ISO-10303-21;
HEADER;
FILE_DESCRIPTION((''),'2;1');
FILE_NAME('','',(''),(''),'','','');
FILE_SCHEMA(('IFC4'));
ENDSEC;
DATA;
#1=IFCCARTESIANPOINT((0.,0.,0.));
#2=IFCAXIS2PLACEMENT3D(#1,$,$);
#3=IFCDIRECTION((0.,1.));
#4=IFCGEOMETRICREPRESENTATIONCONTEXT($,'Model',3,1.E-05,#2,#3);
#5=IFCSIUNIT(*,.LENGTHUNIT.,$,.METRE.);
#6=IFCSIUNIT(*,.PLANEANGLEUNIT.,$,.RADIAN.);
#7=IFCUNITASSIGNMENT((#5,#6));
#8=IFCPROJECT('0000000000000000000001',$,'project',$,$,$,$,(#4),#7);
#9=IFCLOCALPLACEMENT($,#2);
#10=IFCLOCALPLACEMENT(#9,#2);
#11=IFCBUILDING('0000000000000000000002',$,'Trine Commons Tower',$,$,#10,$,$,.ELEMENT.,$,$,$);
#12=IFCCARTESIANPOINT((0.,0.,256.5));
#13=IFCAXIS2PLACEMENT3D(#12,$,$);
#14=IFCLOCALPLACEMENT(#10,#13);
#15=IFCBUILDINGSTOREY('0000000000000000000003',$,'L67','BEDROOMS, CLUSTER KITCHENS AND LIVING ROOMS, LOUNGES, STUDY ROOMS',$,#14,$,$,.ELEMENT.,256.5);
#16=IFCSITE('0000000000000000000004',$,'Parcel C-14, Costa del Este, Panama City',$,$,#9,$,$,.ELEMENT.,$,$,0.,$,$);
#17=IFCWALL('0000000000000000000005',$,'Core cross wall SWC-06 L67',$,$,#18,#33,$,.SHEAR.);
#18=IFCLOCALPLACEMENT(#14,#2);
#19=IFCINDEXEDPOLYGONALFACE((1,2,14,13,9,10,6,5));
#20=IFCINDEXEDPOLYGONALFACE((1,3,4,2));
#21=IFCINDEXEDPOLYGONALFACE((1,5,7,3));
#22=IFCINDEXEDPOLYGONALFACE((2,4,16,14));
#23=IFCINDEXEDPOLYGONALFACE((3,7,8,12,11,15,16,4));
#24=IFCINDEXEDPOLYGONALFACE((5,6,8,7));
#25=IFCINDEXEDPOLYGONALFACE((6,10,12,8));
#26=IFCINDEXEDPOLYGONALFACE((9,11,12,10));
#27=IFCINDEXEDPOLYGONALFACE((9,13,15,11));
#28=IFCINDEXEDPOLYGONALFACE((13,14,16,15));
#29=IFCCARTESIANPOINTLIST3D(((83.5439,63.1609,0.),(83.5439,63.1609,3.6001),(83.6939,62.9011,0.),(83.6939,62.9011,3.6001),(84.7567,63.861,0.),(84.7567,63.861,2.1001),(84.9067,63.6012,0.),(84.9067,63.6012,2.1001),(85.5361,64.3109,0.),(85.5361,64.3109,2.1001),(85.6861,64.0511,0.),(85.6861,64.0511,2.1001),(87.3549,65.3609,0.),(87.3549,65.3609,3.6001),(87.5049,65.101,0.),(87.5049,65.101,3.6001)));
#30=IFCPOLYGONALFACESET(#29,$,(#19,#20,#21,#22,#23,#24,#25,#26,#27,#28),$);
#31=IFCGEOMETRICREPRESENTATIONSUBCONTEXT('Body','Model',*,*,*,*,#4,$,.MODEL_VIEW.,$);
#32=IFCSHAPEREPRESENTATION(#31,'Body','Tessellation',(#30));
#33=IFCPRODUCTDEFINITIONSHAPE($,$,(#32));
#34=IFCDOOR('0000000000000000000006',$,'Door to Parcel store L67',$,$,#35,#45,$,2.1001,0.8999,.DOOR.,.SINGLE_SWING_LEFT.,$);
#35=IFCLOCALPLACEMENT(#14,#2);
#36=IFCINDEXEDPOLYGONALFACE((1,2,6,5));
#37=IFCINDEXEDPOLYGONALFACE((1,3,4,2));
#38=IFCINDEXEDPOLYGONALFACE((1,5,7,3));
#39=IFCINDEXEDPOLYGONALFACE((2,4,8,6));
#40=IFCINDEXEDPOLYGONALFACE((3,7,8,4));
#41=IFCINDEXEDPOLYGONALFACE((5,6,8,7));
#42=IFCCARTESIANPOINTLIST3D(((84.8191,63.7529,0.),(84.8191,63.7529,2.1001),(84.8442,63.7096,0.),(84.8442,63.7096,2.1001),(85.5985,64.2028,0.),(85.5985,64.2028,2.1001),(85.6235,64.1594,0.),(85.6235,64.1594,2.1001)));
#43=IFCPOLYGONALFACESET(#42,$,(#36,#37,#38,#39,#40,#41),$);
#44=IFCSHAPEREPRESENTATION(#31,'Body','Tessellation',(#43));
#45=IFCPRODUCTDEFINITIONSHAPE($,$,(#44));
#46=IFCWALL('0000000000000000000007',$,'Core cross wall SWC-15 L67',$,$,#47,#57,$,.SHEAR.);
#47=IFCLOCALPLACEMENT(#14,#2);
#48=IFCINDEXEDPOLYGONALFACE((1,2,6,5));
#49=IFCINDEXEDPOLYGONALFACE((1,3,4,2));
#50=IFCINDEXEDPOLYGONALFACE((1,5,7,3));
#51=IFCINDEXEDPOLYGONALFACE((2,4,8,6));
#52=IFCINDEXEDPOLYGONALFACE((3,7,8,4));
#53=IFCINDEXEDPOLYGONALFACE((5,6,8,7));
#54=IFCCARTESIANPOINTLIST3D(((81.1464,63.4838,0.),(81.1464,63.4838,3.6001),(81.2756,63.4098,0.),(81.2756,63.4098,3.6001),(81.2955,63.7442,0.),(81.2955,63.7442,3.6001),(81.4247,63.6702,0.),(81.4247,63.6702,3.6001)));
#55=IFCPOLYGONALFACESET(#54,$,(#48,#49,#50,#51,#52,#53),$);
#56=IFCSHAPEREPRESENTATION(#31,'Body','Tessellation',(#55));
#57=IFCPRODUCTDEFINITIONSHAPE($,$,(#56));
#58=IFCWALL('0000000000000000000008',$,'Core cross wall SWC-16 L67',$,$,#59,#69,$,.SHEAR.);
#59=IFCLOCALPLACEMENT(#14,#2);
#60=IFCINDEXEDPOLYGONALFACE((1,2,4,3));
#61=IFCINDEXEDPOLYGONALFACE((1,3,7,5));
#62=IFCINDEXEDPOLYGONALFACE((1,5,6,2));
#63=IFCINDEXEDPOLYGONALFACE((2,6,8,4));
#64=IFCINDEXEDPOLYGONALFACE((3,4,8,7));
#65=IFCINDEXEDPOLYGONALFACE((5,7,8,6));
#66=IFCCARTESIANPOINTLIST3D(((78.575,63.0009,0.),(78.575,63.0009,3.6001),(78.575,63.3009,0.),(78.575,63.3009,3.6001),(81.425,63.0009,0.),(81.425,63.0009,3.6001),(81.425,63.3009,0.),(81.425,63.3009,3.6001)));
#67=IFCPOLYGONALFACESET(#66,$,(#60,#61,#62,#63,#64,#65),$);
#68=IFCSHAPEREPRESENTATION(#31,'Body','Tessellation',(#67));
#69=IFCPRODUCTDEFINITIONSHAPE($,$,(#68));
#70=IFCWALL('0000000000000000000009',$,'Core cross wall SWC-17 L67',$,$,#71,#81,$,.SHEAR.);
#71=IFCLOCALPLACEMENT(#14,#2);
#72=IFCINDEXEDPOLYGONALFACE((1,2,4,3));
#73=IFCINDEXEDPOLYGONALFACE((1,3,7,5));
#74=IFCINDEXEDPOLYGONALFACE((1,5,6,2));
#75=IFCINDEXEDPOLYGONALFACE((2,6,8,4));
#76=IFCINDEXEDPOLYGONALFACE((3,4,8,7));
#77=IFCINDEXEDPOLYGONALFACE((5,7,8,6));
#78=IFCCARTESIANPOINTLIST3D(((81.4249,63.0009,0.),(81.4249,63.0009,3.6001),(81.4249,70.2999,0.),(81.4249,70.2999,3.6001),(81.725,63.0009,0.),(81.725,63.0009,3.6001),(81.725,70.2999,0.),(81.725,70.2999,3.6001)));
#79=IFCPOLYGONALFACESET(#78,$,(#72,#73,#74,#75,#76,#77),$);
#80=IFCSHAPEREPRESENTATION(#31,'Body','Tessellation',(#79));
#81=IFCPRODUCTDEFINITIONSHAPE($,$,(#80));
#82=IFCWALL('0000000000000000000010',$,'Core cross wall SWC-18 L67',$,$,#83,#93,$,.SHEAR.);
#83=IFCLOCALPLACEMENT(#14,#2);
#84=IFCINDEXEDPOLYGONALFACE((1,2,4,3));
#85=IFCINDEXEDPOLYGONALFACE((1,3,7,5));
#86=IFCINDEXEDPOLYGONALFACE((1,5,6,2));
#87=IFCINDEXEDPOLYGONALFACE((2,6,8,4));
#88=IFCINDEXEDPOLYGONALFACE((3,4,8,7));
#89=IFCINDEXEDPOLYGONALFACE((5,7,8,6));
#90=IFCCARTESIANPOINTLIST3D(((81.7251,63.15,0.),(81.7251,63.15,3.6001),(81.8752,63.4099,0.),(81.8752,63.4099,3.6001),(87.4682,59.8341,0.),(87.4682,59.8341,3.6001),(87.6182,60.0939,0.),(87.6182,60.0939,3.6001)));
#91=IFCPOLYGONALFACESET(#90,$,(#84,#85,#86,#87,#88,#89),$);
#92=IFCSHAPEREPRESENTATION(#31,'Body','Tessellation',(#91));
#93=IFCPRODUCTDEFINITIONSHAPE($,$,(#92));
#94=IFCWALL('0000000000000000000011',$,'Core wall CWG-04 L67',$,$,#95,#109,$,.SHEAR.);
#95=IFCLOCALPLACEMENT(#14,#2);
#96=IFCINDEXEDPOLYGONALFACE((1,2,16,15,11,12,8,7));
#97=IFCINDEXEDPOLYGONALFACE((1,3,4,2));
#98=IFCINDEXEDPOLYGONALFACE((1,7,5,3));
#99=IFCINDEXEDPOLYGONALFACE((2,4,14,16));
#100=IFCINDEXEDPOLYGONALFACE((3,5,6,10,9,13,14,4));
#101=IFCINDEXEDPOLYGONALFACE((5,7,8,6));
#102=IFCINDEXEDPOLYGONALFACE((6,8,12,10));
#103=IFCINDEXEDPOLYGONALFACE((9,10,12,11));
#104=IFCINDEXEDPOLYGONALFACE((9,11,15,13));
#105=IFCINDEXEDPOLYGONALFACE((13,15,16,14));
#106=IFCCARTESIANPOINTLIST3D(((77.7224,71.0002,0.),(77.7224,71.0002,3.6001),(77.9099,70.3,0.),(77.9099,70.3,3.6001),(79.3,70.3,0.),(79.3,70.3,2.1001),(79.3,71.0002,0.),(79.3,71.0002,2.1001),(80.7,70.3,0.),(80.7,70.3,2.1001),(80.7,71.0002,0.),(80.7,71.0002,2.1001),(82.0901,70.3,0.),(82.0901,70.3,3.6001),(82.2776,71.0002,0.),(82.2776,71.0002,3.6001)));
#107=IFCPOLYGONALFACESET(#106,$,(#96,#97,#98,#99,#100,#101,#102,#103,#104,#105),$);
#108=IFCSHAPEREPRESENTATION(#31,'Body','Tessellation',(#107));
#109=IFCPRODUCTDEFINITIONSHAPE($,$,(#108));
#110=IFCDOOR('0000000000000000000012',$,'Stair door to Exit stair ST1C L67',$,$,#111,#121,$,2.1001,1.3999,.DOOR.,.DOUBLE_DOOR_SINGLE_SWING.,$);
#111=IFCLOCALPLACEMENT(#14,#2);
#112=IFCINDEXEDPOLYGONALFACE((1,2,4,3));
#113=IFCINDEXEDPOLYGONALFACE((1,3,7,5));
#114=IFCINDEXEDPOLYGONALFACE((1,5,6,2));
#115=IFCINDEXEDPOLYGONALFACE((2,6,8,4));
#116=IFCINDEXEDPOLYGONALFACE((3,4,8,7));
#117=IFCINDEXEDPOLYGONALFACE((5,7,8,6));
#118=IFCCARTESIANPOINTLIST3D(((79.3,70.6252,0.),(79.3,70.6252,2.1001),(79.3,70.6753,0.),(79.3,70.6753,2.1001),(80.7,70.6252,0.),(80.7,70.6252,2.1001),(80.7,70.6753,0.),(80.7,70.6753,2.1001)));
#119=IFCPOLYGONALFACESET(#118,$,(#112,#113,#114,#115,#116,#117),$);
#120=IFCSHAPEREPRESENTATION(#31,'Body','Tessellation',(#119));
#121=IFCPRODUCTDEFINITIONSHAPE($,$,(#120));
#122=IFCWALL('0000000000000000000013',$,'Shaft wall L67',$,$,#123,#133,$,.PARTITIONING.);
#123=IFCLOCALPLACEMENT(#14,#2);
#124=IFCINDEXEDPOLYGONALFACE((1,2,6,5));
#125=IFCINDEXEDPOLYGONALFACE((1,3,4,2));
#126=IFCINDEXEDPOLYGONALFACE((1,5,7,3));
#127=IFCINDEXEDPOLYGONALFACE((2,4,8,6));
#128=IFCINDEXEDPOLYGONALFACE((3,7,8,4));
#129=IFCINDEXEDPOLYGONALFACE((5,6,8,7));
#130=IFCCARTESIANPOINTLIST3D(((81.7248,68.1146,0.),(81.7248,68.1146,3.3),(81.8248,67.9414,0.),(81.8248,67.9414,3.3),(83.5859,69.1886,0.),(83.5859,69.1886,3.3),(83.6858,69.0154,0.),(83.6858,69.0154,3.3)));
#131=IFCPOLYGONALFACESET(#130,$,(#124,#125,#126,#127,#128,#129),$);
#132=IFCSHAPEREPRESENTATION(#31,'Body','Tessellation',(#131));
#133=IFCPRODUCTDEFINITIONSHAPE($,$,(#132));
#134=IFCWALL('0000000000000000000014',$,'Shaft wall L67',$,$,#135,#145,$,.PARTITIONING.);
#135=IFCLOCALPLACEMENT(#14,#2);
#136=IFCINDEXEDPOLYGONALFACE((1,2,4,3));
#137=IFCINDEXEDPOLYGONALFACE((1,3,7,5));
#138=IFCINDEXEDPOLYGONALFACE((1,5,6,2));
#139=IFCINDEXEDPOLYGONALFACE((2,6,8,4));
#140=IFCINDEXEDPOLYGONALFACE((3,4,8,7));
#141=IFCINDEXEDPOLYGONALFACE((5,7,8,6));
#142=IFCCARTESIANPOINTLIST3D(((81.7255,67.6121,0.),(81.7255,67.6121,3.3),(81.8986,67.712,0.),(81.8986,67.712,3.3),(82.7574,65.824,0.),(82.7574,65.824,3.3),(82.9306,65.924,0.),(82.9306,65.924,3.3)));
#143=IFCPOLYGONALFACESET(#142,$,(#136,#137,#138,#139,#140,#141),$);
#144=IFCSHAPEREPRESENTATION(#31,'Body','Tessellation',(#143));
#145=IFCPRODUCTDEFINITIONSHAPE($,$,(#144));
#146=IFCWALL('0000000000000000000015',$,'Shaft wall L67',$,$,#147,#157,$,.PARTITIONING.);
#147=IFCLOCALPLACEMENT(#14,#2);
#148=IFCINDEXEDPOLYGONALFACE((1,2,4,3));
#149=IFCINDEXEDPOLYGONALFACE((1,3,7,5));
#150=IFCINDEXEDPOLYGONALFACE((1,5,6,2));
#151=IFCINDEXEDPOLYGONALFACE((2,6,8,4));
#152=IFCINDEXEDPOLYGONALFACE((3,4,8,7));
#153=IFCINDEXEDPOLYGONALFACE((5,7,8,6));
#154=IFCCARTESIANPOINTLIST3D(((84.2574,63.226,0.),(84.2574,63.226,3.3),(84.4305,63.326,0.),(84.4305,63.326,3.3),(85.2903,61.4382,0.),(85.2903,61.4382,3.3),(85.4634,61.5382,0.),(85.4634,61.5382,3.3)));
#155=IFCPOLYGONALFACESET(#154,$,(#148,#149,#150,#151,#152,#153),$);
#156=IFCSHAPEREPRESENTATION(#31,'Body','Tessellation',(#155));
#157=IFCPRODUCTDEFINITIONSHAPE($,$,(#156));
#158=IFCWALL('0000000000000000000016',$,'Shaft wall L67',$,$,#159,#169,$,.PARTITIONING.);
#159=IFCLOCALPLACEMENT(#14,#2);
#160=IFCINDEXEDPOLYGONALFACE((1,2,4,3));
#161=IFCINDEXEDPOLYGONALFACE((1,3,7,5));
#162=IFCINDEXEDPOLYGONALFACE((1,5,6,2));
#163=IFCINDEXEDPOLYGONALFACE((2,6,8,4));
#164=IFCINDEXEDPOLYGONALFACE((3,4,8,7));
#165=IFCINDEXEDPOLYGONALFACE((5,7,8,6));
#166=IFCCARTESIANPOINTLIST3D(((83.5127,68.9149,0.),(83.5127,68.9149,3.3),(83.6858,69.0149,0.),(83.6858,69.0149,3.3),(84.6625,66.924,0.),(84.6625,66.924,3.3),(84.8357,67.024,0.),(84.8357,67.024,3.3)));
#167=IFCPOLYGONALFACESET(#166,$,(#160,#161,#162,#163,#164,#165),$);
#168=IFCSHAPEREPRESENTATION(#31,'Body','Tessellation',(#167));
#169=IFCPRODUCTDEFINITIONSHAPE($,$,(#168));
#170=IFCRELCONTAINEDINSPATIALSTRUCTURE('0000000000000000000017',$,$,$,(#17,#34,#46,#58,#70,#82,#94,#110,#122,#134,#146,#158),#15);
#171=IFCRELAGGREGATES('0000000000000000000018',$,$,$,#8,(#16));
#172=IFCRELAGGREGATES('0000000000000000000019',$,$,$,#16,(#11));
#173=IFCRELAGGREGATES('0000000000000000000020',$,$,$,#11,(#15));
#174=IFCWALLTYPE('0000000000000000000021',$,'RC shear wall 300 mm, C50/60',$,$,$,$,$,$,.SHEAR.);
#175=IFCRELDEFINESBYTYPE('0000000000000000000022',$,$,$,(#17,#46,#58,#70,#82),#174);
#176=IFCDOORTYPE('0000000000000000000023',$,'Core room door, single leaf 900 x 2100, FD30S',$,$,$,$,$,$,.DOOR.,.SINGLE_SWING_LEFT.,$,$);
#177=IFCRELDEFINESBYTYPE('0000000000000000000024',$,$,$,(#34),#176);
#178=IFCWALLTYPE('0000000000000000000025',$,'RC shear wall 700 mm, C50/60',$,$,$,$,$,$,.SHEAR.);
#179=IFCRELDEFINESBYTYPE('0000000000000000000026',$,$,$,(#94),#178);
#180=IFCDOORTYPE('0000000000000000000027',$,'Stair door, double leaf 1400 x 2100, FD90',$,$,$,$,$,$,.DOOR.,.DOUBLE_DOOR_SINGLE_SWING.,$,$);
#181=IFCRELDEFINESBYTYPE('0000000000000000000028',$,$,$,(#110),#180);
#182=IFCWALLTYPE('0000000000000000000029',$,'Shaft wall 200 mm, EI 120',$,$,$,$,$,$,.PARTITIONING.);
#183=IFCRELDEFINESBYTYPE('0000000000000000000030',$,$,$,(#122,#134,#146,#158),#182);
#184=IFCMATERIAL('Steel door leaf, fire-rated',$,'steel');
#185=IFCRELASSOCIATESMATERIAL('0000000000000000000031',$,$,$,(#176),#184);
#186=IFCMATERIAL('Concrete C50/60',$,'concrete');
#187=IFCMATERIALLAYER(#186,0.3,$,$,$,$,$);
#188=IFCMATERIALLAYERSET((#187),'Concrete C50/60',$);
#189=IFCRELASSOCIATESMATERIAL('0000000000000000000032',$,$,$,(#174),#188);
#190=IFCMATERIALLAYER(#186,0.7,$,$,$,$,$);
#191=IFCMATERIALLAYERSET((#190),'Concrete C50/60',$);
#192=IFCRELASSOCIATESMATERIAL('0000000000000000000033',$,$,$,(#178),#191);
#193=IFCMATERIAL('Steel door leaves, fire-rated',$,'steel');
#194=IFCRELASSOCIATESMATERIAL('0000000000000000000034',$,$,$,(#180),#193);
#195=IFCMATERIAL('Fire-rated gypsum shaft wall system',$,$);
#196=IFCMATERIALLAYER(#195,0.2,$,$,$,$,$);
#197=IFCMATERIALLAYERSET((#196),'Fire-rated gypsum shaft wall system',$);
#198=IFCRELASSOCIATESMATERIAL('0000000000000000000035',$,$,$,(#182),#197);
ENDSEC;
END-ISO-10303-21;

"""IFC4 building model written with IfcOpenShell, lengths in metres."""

from ifc_helpers import new_model, si_unit, direction, frame, frame_2d, origin, place, context, subcontext, project, spatial, polyline, rectangle, outline, extrude, material, layer, layer_set, type_object, element, fill, save


model = new_model("IFC4")

# Units and contexts
model_context = context("Model", 3, precision=1e-05, world=origin(), true_north=direction((0.0, 1.0)))
body_context = subcontext(model_context, "Body", "Model", "MODEL_VIEW")
ifc_project = project(units=[si_unit("LENGTHUNIT", "METRE"), si_unit("PLANEANGLEUNIT", "RADIAN")], contexts=[model_context])

# Site, building, storey
site_placement = place(None, origin())
site = spatial("IfcSite", under=ifc_project, at=site_placement, Name="Parcel C-14, Costa del Este, Panama City", CompositionType="ELEMENT", RefElevation=0.0)
building_placement = place(site_placement, origin())
building = spatial("IfcBuilding", under=site, at=building_placement, Name="Trine Commons Tower", CompositionType="ELEMENT")
storey_placement = place(building_placement, frame((0.0, 0.0, 256.5)))
storey = spatial("IfcBuildingStorey", under=building, at=storey_placement, Name="L67", Description="BEDROOMS, CLUSTER KITCHENS AND LIVING ROOMS, LOUNGES, STUDY ROOMS", CompositionType="ELEMENT", Elevation=256.5)

# Wall, opening, door
ifc_material_1 = material(Name="Steel door leaf, fire-rated", Category="steel")
door_type_1 = type_object("IfcDoorType", Name="Core room door, single leaf 900 x 2100, FD30S", OperationType="SINGLE_SWING_LEFT", PredefinedType="DOOR", material=ifc_material_1)
ifc_material_2 = material(Name="Fire-rated gypsum shaft wall system")
ifc_material_3 = material(Name="Concrete C50/60", Category="concrete")
ifc_layer_1 = layer(ifc_material_3, 0.3)
ifc_layer_set_1 = layer_set([ifc_layer_1], Name="Concrete C50/60")
wall_type_1 = type_object("IfcWallType", Name="RC shear wall 300 mm, C50/60", PredefinedType="SHEAR", material=ifc_layer_set_1)
wall_1_placement = place(storey_placement, frame((83.6189, 63.031, 0.0), z_axis=(0.0, 0.0, 1.0), x_axis=(0.86606, 0.49994, 0.0)))
wall_1 = element("IfcWall", 1, at=wall_1_placement, inside=storey, type_object=wall_type_1, Name="Core cross wall SWC-06 L67", PredefinedType="SHEAR", context=body_context, shape_type="SweptSolid", body=[
    extrude(rectangle(XDim=4.4004, YDim=0.3, at=frame_2d((2.2002, 0.0))), origin(), (0.0, 0.0, 1.0), 3.6001),
])
opening_1_placement = place(wall_1_placement, frame((1.4004, 0.0, 0.0)))
opening_1 = element("IfcOpeningElement", 2, at=opening_1_placement, cuts=wall_1, PredefinedType="OPENING", context=body_context, shape_type="SweptSolid", body=[
    extrude(rectangle(XDim=0.8999, YDim=2.1001, at=frame_2d((0.45, 1.05))), frame((0.0, 0.1599, 0.0), z_axis=(0.0, -1.0, 0.0), x_axis=(1.0, 0.0, 0.0)), (0.0, 0.0, 1.0), 0.3201),
])
door_1_placement = place(opening_1_placement, frame((0.8999, 0.0, 0.0), z_axis=(0.0, 0.0, 1.0), x_axis=(-1.0, 0.0, 0.0)))
door_1 = element("IfcDoor", 3, at=door_1_placement, inside=storey, type_object=door_type_1, Name="Door to Parcel store L67", OperationType="SINGLE_SWING_LEFT", OverallHeight=2.1001, OverallWidth=0.8999, PredefinedType="DOOR", context=body_context, shape_type="SweptSolid", body=[
    extrude(rectangle(XDim=0.8999, YDim=2.1001, at=frame_2d((0.45, 1.05))), frame((0.0, 0.0249, 0.0), z_axis=(0.0, -1.0, 0.0), x_axis=(1.0, 0.0, 0.0)), (0.0, 0.0, 1.0), 0.05),
])
fill(opening_1, door_1)

# Walls
wall_2_placement = place(storey_placement, frame((81.2209, 63.614, 0.0), z_axis=(0.0, 0.0, 1.0), x_axis=(0.867738, -0.497022, 0.0)))
element("IfcWall", 4, at=wall_2_placement, inside=storey, type_object=wall_type_1, Name="Core cross wall SWC-15 L67", PredefinedType="SHEAR", context=body_context, shape_type="SweptSolid", body=[
    extrude(rectangle(XDim=0.1489, YDim=0.3, at=frame_2d((0.0745, 0.0))), origin(), (0.0, 0.0, 1.0), 3.6001),
])
wall_3_placement = place(storey_placement, frame((81.425, 63.1509, 0.0), z_axis=(0.0, 0.0, 1.0), x_axis=(-1.0, 0.0, 0.0)))
element("IfcWall", 5, at=wall_3_placement, inside=storey, type_object=wall_type_1, Name="Core cross wall SWC-16 L67", PredefinedType="SHEAR", context=body_context, shape_type="SweptSolid", body=[
    extrude(rectangle(XDim=2.8501, YDim=0.3, at=frame_2d((1.425, 0.0))), origin(), (0.0, 0.0, 1.0), 3.6001),
])
wall_4_placement = place(storey_placement, frame((81.575, 63.001, 0.0), z_axis=(0.0, 0.0, 1.0), x_axis=(0.0, 1.0, 0.0)))
element("IfcWall", 6, at=wall_4_placement, inside=storey, type_object=wall_type_1, Name="Core cross wall SWC-17 L67", PredefinedType="SHEAR", context=body_context, shape_type="SweptSolid", body=[
    extrude(rectangle(XDim=7.2991, YDim=0.3, at=frame_2d((3.6494, 0.0))), origin(), (0.0, 0.0, 1.0), 3.6001),
])
wall_5_placement = place(storey_placement, frame((81.8, 63.28, 0.0), z_axis=(0.0, 0.0, 1.0), x_axis=(0.86601, -0.500027, 0.0)))
element("IfcWall", 7, at=wall_5_placement, inside=storey, type_object=wall_type_1, Name="Core cross wall SWC-18 L67", PredefinedType="SHEAR", context=body_context, shape_type="SweptSolid", body=[
    extrude(rectangle(XDim=6.6316, YDim=0.3, at=frame_2d((3.3159, 0.0))), origin(), (0.0, 0.0, 1.0), 3.6001),
])

# Wall, opening, door
ifc_layer_2 = layer(ifc_material_3, 0.7)
ifc_layer_set_2 = layer_set([ifc_layer_2], Name="Concrete C50/60")
wall_type_2 = type_object("IfcWallType", Name="RC shear wall 700 mm, C50/60", PredefinedType="SHEAR", material=ifc_layer_set_2)
wall_6_placement = place(storey_placement, frame((82.2776, 70.6501, 0.0), z_axis=(0.0, 0.0, 1.0), x_axis=(-1.0, 0.0, 0.0)))
wall_6 = element("IfcWall", 8, at=wall_6_placement, inside=storey, type_object=wall_type_2, Name="Core wall CWG-04 L67", PredefinedType="SHEAR", context=body_context, shape_type="SweptSolid", body=[
    extrude(outline(polyline([(0.0, -0.3501), (4.5552, -0.3501), (4.3677, 0.3501), (0.1875, 0.3501), (0.0, -0.3501)])), origin(), (0.0, 0.0, 1.0), 3.6001),
])
opening_2_placement = place(wall_6_placement, frame((1.5776, 0.0, 0.0)))
opening_2 = element("IfcOpeningElement", 9, at=opening_2_placement, cuts=wall_6, PredefinedType="OPENING", context=body_context, shape_type="SweptSolid", body=[
    extrude(rectangle(XDim=1.3999, YDim=2.1001, at=frame_2d((0.7, 1.05))), frame((0.0, 0.3599, 0.0), z_axis=(0.0, -1.0, 0.0), x_axis=(1.0, 0.0, 0.0)), (0.0, 0.0, 1.0), 0.72),
])
ifc_material_4 = material(Name="Steel door leaves, fire-rated", Category="steel")
door_type_2 = type_object("IfcDoorType", Name="Stair door, double leaf 1400 x 2100, FD90", OperationType="DOUBLE_DOOR_SINGLE_SWING", PredefinedType="DOOR", material=ifc_material_4)
door_2_placement = place(opening_2_placement, origin())
door_2 = element("IfcDoor", 10, at=door_2_placement, inside=storey, type_object=door_type_2, Name="Stair door to Exit stair ST1C L67", OperationType="DOUBLE_DOOR_SINGLE_SWING", OverallHeight=2.1001, OverallWidth=1.3999, PredefinedType="DOOR", context=body_context, shape_type="SweptSolid", body=[
    extrude(rectangle(XDim=1.3999, YDim=2.1001, at=frame_2d((0.7, 1.05))), frame((0.0, 0.0249, 0.0), z_axis=(0.0, -1.0, 0.0), x_axis=(1.0, 0.0, 0.0)), (0.0, 0.0, 1.0), 0.05),
])
fill(opening_2, door_2)

# Walls
ifc_layer_3 = layer(ifc_material_2, 0.2)
ifc_layer_set_3 = layer_set([ifc_layer_3], Name="Fire-rated gypsum shaft wall system")
wall_type_3 = type_object("IfcWallType", Name="Shaft wall 200 mm, EI 120", PredefinedType="PARTITIONING", material=ifc_layer_set_3)
wall_7_placement = place(storey_placement, frame((81.7749, 68.0281, 0.0), z_axis=(0.0, 0.0, 1.0), x_axis=(0.866131, 0.499818, 0.0)))
element("IfcWall", 11, at=wall_7_placement, inside=storey, type_object=wall_type_3, Name="Shaft wall L67", PredefinedType="PARTITIONING", context=body_context, shape_type="SweptSolid", body=[
    extrude(rectangle(XDim=2.1487, YDim=0.2, at=frame_2d((1.0742, 0.0))), origin(), (0.0, 0.0, 1.0), 3.3),
])
wall_8_placement = place(storey_placement, frame((82.844, 65.874, 0.0), z_axis=(0.0, 0.0, 1.0), x_axis=(-0.499866, 0.866103, 0.0)))
element("IfcWall", 12, at=wall_8_placement, inside=storey, type_object=wall_type_3, Name="Shaft wall L67", PredefinedType="PARTITIONING", context=body_context, shape_type="SweptSolid", body=[
    extrude(rectangle(XDim=2.0645, YDim=0.2, at=frame_2d((1.0322, 0.0))), origin(), (0.0, 0.0, 1.0), 3.3),
])
wall_9_placement = place(storey_placement, frame((84.344, 63.2759, 0.0), z_axis=(0.0, 0.0, 1.0), x_axis=(0.500272, -0.865868, 0.0)))
element("IfcWall", 13, at=wall_9_placement, inside=storey, type_object=wall_type_3, Name="Shaft wall L67", PredefinedType="PARTITIONING", context=body_context, shape_type="SweptSolid", body=[
    extrude(rectangle(XDim=2.0647, YDim=0.2, at=frame_2d((1.0322, 0.0))), origin(), (0.0, 0.0, 1.0), 3.3),
])
wall_10_placement = place(storey_placement, frame((84.749, 66.9741, 0.0), z_axis=(0.0, 0.0, 1.0), x_axis=(-0.500136, 0.865947, 0.0)))
element("IfcWall", 14, at=wall_10_placement, inside=storey, type_object=wall_type_3, Name="Shaft wall L67", PredefinedType="PARTITIONING", context=body_context, shape_type="SweptSolid", body=[
    extrude(rectangle(XDim=2.2991, YDim=0.2, at=frame_2d((1.1494, 0.0))), origin(), (0.0, 0.0, 1.0), 3.3),
])

save(model, "model.ifc")
